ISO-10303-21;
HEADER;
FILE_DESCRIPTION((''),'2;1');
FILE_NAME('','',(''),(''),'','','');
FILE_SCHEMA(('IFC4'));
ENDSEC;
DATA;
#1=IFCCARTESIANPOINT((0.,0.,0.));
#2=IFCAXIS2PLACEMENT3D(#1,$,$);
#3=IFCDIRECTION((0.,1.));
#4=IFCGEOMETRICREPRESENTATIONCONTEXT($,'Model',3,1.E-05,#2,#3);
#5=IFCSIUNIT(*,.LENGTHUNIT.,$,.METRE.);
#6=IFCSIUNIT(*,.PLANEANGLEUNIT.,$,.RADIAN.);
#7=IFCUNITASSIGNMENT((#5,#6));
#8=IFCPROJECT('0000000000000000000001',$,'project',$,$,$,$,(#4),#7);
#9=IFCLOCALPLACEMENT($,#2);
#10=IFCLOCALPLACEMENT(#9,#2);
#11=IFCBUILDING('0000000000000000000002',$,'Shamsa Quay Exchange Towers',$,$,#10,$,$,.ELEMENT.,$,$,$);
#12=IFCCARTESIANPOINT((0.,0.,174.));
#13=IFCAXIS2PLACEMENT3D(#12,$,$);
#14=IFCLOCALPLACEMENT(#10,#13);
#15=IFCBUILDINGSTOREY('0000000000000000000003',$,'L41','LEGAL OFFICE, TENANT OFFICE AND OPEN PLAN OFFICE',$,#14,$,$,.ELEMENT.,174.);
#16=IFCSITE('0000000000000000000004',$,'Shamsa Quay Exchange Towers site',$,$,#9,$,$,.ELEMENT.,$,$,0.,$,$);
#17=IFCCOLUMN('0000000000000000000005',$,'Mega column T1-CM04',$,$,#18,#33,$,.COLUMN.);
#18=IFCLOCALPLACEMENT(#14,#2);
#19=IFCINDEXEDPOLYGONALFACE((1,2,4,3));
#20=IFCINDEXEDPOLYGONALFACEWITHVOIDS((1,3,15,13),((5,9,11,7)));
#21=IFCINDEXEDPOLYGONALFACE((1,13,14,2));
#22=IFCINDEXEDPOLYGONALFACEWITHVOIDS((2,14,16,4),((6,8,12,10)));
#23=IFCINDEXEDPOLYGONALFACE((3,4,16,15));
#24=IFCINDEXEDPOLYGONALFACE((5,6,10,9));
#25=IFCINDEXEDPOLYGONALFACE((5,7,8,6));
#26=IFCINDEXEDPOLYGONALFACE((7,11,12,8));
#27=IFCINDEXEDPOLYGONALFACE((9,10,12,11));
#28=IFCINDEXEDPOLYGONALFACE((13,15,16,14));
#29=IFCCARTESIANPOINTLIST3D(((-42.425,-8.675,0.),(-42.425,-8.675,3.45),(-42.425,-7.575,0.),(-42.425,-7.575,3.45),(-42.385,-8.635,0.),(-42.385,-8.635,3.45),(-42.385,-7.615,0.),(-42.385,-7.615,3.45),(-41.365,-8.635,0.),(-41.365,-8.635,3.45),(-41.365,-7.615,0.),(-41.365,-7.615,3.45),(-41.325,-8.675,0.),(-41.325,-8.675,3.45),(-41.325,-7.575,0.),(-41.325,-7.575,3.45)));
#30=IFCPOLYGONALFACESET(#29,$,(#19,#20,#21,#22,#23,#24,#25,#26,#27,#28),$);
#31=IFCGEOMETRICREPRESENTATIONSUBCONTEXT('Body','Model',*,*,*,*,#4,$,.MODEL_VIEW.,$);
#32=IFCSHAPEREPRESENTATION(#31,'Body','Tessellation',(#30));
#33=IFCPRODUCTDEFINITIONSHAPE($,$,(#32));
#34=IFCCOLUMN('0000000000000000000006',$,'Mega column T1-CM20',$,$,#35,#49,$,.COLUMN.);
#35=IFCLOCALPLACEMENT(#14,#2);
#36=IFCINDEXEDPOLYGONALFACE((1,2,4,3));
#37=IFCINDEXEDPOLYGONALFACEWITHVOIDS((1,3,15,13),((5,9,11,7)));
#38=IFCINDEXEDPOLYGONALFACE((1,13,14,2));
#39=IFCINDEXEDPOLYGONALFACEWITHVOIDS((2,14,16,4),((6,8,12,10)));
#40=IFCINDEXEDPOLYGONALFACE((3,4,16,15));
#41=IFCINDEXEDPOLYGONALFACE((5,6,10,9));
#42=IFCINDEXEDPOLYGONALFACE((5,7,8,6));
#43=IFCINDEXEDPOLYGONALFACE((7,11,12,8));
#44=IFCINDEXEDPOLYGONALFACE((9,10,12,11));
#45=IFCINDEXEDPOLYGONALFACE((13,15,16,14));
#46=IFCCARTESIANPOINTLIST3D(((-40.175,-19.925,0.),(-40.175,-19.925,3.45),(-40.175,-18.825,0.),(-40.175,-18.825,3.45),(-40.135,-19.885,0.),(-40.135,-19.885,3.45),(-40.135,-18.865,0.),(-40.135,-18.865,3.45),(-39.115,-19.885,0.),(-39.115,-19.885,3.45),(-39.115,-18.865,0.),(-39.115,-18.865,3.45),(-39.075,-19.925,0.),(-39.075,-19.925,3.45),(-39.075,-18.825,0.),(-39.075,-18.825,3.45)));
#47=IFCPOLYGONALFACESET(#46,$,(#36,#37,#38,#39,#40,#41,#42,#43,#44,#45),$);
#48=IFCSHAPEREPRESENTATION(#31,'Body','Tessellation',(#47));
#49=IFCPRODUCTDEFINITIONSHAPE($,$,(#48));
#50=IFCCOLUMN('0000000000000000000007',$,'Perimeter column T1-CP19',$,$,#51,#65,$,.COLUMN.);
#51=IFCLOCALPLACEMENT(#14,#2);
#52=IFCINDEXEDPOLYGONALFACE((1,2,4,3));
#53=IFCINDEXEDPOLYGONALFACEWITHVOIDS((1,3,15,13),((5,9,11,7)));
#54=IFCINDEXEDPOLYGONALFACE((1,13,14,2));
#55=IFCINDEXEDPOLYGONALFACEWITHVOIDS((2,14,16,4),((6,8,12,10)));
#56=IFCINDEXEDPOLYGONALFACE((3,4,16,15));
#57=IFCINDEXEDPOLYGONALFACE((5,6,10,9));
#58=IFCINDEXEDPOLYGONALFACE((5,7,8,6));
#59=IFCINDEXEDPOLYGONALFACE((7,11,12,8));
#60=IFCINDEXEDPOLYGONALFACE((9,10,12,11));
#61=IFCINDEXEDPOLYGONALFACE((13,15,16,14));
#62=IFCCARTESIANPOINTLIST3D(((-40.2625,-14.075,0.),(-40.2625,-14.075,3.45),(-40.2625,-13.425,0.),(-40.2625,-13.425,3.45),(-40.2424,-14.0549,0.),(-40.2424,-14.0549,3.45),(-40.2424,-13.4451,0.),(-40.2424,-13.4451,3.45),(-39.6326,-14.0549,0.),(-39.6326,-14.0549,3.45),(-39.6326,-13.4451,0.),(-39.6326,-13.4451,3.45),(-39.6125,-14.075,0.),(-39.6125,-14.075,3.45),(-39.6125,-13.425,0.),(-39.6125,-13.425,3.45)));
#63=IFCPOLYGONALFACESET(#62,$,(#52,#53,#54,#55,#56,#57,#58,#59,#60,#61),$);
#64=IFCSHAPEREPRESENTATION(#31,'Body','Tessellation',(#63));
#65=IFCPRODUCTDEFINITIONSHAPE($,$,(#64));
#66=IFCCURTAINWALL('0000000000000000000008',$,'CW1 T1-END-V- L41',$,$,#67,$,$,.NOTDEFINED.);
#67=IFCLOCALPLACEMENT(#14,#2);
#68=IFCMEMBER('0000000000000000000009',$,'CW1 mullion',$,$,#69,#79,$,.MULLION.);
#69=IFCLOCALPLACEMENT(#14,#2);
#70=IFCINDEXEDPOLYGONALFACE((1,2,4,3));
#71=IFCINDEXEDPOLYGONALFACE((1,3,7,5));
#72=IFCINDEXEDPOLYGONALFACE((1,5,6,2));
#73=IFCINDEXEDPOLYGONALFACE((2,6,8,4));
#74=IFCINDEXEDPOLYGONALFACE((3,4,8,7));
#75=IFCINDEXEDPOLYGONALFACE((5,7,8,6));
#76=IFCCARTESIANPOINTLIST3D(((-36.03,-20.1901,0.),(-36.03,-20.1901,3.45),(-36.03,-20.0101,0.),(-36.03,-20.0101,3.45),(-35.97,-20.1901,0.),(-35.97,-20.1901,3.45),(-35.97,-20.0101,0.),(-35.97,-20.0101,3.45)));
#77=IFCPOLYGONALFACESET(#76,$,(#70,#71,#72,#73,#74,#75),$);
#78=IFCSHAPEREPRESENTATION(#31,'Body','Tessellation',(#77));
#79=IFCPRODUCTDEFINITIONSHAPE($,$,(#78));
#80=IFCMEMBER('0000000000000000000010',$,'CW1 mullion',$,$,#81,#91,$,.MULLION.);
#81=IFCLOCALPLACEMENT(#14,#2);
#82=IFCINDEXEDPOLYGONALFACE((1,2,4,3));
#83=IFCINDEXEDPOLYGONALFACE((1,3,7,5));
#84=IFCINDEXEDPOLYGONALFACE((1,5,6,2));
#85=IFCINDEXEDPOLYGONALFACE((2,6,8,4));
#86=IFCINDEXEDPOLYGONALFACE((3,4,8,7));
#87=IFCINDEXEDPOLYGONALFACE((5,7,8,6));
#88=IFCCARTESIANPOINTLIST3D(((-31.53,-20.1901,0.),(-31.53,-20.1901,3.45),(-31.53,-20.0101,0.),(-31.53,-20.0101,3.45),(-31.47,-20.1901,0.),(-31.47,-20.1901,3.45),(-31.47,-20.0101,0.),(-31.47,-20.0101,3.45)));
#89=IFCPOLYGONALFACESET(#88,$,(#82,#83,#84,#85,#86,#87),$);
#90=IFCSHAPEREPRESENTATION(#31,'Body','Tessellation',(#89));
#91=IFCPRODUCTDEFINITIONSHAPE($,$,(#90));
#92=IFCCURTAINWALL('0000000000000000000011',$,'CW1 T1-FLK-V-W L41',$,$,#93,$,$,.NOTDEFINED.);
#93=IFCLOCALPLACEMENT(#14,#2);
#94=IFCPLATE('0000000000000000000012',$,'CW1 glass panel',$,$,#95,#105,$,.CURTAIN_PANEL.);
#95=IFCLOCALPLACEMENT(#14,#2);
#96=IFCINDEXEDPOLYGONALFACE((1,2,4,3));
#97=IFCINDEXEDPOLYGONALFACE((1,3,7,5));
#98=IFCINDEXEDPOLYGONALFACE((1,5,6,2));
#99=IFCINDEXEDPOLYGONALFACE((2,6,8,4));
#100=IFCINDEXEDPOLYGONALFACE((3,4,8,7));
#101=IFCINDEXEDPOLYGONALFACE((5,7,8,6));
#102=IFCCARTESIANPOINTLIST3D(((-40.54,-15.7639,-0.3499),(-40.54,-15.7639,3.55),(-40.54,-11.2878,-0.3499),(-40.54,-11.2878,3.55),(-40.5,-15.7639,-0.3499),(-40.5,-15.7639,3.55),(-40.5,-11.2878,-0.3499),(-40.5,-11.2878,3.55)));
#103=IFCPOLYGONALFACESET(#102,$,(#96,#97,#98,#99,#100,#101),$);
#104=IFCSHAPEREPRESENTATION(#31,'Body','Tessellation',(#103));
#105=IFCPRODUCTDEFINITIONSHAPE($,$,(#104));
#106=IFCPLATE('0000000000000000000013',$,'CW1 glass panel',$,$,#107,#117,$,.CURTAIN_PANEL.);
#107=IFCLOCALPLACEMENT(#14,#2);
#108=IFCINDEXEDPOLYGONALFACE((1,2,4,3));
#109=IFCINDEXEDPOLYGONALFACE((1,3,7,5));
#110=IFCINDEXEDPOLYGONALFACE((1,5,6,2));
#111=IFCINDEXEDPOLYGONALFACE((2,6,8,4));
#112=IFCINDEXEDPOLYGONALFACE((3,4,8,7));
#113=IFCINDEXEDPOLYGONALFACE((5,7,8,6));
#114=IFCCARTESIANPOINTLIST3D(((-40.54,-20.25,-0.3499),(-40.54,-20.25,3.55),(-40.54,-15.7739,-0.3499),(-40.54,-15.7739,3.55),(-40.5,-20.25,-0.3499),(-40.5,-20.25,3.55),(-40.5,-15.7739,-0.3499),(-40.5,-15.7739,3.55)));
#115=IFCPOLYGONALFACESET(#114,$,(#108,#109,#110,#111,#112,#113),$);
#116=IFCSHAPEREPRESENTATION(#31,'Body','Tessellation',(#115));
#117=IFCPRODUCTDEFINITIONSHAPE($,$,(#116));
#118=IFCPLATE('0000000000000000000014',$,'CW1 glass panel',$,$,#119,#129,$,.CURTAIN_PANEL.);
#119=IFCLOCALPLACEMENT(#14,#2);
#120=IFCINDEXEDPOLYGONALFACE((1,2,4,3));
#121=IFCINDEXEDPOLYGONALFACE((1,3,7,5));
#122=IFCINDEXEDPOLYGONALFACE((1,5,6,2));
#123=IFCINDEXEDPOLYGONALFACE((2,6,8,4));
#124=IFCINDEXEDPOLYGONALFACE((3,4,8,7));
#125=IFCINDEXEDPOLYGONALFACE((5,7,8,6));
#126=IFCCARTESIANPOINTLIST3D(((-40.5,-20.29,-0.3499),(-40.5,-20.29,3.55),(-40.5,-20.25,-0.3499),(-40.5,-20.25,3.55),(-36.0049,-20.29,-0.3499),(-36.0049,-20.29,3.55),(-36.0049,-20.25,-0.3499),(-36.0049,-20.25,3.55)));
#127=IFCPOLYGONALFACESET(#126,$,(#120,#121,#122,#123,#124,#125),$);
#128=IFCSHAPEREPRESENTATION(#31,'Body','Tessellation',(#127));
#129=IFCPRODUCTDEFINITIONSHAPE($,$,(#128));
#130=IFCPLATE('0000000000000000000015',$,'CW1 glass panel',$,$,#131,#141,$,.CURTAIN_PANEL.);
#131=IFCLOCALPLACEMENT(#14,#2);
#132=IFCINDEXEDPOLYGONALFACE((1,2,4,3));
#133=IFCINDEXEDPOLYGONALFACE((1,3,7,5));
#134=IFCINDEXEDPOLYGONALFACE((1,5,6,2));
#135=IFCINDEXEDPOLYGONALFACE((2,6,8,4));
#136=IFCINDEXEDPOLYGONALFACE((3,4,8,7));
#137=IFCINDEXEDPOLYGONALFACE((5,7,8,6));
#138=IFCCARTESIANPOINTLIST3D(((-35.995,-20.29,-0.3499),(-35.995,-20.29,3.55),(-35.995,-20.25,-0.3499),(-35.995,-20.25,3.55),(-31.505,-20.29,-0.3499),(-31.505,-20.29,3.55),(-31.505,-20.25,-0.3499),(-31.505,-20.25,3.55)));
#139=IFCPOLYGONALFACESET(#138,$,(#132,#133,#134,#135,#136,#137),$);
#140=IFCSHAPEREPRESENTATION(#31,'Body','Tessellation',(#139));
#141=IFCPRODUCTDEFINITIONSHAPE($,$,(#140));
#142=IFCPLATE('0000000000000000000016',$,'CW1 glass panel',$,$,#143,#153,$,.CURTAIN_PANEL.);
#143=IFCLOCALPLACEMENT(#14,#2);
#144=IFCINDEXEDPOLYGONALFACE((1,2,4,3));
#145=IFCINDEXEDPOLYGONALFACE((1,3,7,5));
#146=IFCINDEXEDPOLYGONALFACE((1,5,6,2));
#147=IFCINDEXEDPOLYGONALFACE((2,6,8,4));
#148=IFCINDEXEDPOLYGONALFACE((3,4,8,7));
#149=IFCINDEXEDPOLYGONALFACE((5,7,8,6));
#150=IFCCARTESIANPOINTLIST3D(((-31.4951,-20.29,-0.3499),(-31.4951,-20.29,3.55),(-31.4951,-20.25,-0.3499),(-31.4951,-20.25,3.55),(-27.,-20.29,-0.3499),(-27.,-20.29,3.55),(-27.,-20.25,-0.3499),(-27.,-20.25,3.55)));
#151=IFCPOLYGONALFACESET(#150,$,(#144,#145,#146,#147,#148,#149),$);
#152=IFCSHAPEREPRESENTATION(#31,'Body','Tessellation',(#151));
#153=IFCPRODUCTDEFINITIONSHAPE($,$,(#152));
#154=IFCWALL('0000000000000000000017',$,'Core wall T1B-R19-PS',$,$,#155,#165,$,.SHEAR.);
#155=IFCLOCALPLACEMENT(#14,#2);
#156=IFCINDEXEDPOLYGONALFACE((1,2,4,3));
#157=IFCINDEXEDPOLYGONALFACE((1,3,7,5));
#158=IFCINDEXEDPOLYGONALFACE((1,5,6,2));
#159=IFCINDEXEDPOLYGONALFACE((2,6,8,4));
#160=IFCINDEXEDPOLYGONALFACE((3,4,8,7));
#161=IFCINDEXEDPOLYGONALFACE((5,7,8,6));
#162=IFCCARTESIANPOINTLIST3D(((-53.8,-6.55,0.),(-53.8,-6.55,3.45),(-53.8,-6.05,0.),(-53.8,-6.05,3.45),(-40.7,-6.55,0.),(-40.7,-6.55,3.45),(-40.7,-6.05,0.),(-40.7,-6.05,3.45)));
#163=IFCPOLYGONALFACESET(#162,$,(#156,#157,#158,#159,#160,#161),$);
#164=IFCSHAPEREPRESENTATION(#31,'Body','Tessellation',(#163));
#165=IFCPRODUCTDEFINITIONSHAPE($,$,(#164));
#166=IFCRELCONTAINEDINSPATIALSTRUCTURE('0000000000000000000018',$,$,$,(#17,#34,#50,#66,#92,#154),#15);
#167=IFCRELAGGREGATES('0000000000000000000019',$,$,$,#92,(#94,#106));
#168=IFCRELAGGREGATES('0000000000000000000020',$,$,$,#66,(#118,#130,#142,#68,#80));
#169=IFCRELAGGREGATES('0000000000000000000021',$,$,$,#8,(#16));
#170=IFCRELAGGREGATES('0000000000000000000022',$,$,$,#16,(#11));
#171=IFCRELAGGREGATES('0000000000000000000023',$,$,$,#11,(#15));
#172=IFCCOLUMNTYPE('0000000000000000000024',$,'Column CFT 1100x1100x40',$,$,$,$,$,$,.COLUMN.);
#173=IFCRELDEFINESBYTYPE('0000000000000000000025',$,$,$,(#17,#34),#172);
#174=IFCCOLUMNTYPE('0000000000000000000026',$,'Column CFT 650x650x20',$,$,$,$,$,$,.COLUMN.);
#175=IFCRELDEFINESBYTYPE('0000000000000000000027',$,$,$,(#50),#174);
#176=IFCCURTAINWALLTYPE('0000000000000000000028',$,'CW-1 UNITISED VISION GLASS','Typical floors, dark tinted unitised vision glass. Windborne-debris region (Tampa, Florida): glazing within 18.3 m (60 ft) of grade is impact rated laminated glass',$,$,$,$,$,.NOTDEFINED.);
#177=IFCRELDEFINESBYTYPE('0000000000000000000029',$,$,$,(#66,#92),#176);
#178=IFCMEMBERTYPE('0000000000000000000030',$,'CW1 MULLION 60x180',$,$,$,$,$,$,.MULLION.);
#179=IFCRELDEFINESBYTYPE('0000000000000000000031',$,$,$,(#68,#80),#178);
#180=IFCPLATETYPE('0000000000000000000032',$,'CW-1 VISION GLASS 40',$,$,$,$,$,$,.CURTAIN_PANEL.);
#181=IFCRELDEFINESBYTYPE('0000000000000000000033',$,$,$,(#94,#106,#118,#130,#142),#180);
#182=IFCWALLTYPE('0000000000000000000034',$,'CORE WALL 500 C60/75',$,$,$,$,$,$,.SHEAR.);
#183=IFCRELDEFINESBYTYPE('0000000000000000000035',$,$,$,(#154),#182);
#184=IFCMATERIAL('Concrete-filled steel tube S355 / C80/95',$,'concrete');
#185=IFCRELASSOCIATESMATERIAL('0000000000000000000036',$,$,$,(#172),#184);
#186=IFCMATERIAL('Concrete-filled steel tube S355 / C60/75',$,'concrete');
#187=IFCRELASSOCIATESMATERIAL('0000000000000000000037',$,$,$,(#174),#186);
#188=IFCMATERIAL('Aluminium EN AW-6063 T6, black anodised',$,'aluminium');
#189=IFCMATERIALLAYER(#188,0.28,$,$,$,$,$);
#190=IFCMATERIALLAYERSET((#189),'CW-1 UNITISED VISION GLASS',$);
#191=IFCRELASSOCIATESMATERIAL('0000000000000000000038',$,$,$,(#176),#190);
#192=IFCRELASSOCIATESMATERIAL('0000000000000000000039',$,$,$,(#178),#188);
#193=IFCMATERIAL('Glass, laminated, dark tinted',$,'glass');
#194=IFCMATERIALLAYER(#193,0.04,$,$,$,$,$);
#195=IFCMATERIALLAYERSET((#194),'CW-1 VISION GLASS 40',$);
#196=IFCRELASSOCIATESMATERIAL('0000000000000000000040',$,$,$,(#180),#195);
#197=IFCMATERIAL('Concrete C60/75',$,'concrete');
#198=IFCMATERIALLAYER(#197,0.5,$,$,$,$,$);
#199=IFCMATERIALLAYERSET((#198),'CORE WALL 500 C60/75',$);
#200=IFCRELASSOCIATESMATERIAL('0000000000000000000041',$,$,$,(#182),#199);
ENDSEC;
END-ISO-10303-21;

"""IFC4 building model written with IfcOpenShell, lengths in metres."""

from ifc_helpers import new_model, si_unit, direction, frame, frame_2d, origin, origin_2d, place, context, subcontext, project, spatial, rectangle, hollow_rectangle, extrude, material, layer, layer_set, material_profile, profile_set, type_object, element, aggregate, save


model = new_model("IFC4")

# Units and contexts
model_context = context("Model", 3, precision=1e-05, world=origin(), true_north=direction((0.0, 1.0)))
body_context = subcontext(model_context, "Body", "Model", "MODEL_VIEW")
ifc_project = project(units=[si_unit("LENGTHUNIT", "METRE"), si_unit("PLANEANGLEUNIT", "RADIAN")], contexts=[model_context])

# Site, building, storey
site_placement = place(None, origin())
site = spatial("IfcSite", under=ifc_project, at=site_placement, Name="Shamsa Quay Exchange Towers site", CompositionType="ELEMENT", RefElevation=0.0)
building_placement = place(site_placement, origin())
building = spatial("IfcBuilding", under=site, at=building_placement, Name="Shamsa Quay Exchange Towers", CompositionType="ELEMENT")
storey_placement = place(building_placement, frame((0.0, 0.0, 174.0)))
storey = spatial("IfcBuildingStorey", under=building, at=storey_placement, Name="L41", Description="LEGAL OFFICE, TENANT OFFICE AND OPEN PLAN OFFICE", CompositionType="ELEMENT", Elevation=174.0)

# Columns
ifc_material_1 = material(Name="Concrete-filled steel tube S355 / C80/95", Category="concrete")
ifc_material_profile_1 = material_profile(ifc_material_1, hollow_rectangle(XDim=1.1001, YDim=1.1001, WallThickness=0.04, at=origin_2d()), Name="CFT 1100x1100x40")
ifc_profile_set_1 = profile_set([ifc_material_profile_1], Name="Concrete-filled steel tube S355 / C80/95")
column_type_1 = type_object("IfcColumnType", Name="Column CFT 1100x1100x40", PredefinedType="COLUMN", material=ifc_profile_set_1)
for number, where, name in (
    (1, (-41.875, -8.125, 0.0), "Mega column T1-CM04"),
    (2, (-39.625, -19.375, 0.0), "Mega column T1-CM20"),
):
    element("IfcColumn", number, at=place(storey_placement, frame(where)), inside=storey, type_object=column_type_1, Name=name, PredefinedType="COLUMN", context=body_context, shape_type="SweptSolid", body=[
        extrude(hollow_rectangle(XDim=1.1001, YDim=1.1001, WallThickness=0.04, at=origin_2d()), origin(), (0.0, 0.0, 1.0), 3.45),
    ])
ifc_material_2 = material(Name="Concrete-filled steel tube S355 / C60/75", Category="concrete")
ifc_material_profile_2 = material_profile(ifc_material_2, hollow_rectangle(XDim=0.6499, YDim=0.6499, WallThickness=0.02, at=origin_2d()), Name="CFT 650x650x20")
ifc_profile_set_2 = profile_set([ifc_material_profile_2], Name="Concrete-filled steel tube S355 / C60/75")
column_type_2 = type_object("IfcColumnType", Name="Column CFT 650x650x20", PredefinedType="COLUMN", material=ifc_profile_set_2)
column_placement = place(storey_placement, frame((-39.9375, -13.75, 0.0)))
element("IfcColumn", 3, at=column_placement, inside=storey, type_object=column_type_2, Name="Perimeter column T1-CP19", PredefinedType="COLUMN", context=body_context, shape_type="SweptSolid", body=[
    extrude(hollow_rectangle(XDim=0.6499, YDim=0.6499, WallThickness=0.02, at=origin_2d()), origin(), (0.0, 0.0, 1.0), 3.45),
])

# Curtain wall, members
ifc_material_3 = material(Name="Aluminium EN AW-6063 T6, black anodised", Category="aluminium")
ifc_layer_1 = layer(ifc_material_3, 0.28)
ifc_layer_set_1 = layer_set([ifc_layer_1], Name="CW-1 UNITISED VISION GLASS")
curtain_wall_type = type_object("IfcCurtainWallType", Name="CW-1 UNITISED VISION GLASS", Description="Typical floors, dark tinted unitised vision glass. Windborne-debris region (Tampa, Florida): glazing within 18.3 m (60 ft) of grade is impact rated laminated glass", PredefinedType="NOTDEFINED", material=ifc_layer_set_1)
curtain_wall_1_placement = place(storey_placement, origin())
curtain_wall_1 = element("IfcCurtainWall", 4, at=curtain_wall_1_placement, inside=storey, type_object=curtain_wall_type, Name="CW1 T1-END-V- L41", PredefinedType="NOTDEFINED")
ifc_material_profile_3 = material_profile(ifc_material_3, rectangle(XDim=0.1799, YDim=0.0601, at=origin_2d()), Name="MU60x180")
ifc_profile_set_3 = profile_set([ifc_material_profile_3], Name="Aluminium EN AW-6063 T6, black anodised")
member_type = type_object("IfcMemberType", Name="CW1 MULLION 60x180", PredefinedType="MULLION", material=ifc_profile_set_3)
member_1_placement = place(storey_placement, frame((-36.0, -20.1001, 0.0), z_axis=(0.0, 0.0, 1.0), x_axis=(0.0, 1.0, 0.0)))
member_1 = element("IfcMember", 5, at=member_1_placement, type_object=member_type, Name="CW1 mullion", PredefinedType="MULLION", context=body_context, shape_type="SweptSolid", body=[
    extrude(rectangle(XDim=0.1799, YDim=0.0601, at=origin_2d()), origin(), (0.0, 0.0, 1.0), 3.45),
])
member_2_placement = place(storey_placement, frame((-31.5, -20.1001, 0.0), z_axis=(0.0, 0.0, 1.0), x_axis=(0.0, 1.0, 0.0)))
member_2 = element("IfcMember", 6, at=member_2_placement, type_object=member_type, Name="CW1 mullion", PredefinedType="MULLION", context=body_context, shape_type="SweptSolid", body=[
    extrude(rectangle(XDim=0.1799, YDim=0.0601, at=origin_2d()), origin(), (0.0, 0.0, 1.0), 3.45),
])

# Curtain wall, plates
curtain_wall_2_placement = place(storey_placement, origin())
curtain_wall_2 = element("IfcCurtainWall", 7, at=curtain_wall_2_placement, inside=storey, type_object=curtain_wall_type, Name="CW1 T1-FLK-V-W L41", PredefinedType="NOTDEFINED")
ifc_material_4 = material(Name="Glass, laminated, dark tinted", Category="glass")
ifc_layer_2 = layer(ifc_material_4, 0.04)
ifc_layer_set_2 = layer_set([ifc_layer_2], Name="CW-1 VISION GLASS 40")
plate_type = type_object("IfcPlateType", Name="CW-1 VISION GLASS 40", PredefinedType="CURTAIN_PANEL", material=ifc_layer_set_2)
plate_1_placement = place(storey_placement, frame((-40.52, -13.5259, -0.3499), z_axis=(0.0, 0.0, 1.0), x_axis=(0.0, -1.0, 0.0)))
plate_1 = element("IfcPlate", 8, at=plate_1_placement, type_object=plate_type, Name="CW1 glass panel", PredefinedType="CURTAIN_PANEL", context=body_context, shape_type="SweptSolid", body=[
    extrude(rectangle(XDim=4.4761, YDim=0.04, at=origin_2d()), origin(), (0.0, 0.0, 1.0), 3.8999),
])
plate_2_placement = place(storey_placement, frame((-40.52, -18.012, -0.3499), z_axis=(0.0, 0.0, 1.0), x_axis=(0.0, -1.0, 0.0)))
plate_2 = element("IfcPlate", 9, at=plate_2_placement, type_object=plate_type, Name="CW1 glass panel", PredefinedType="CURTAIN_PANEL", context=body_context, shape_type="SweptSolid", body=[
    extrude(rectangle(XDim=4.4761, YDim=0.04, at=origin_2d()), origin(), (0.0, 0.0, 1.0), 3.8999),
])
aggregate(curtain_wall_2, [plate_1, plate_2])

# Plates
plate_3_placement = place(storey_placement, frame((-38.2524, -20.27, -0.3499)))
plate_3 = element("IfcPlate", 10, at=plate_3_placement, type_object=plate_type, Name="CW1 glass panel", PredefinedType="CURTAIN_PANEL", context=body_context, shape_type="SweptSolid", body=[
    extrude(rectangle(XDim=4.4951, YDim=0.04, at=origin_2d()), origin(), (0.0, 0.0, 1.0), 3.8999),
])
plate_4_placement = place(storey_placement, frame((-33.75, -20.27, -0.3499)))
plate_4 = element("IfcPlate", 11, at=plate_4_placement, type_object=plate_type, Name="CW1 glass panel", PredefinedType="CURTAIN_PANEL", context=body_context, shape_type="SweptSolid", body=[
    extrude(rectangle(XDim=4.49, YDim=0.04, at=origin_2d()), origin(), (0.0, 0.0, 1.0), 3.8999),
])
plate_5_placement = place(storey_placement, frame((-29.2476, -20.27, -0.3499)))
plate_5 = element("IfcPlate", 12, at=plate_5_placement, type_object=plate_type, Name="CW1 glass panel", PredefinedType="CURTAIN_PANEL", context=body_context, shape_type="SweptSolid", body=[
    extrude(rectangle(XDim=4.4951, YDim=0.04, at=origin_2d()), origin(), (0.0, 0.0, 1.0), 3.8999),
])
aggregate(curtain_wall_1, [plate_3, plate_4, plate_5, member_1, member_2])

# Wall
ifc_material_5 = material(Name="Concrete C60/75", Category="concrete")
ifc_layer_3 = layer(ifc_material_5, 0.5)
ifc_layer_set_3 = layer_set([ifc_layer_3], Name="CORE WALL 500 C60/75")
wall_type_1 = type_object("IfcWallType", Name="CORE WALL 500 C60/75", PredefinedType="SHEAR", material=ifc_layer_set_3)
wall_1_placement = place(storey_placement, frame((-40.7, -6.3, 0.0), z_axis=(0.0, 0.0, 1.0), x_axis=(-1.0, 0.0, 0.0)))
element("IfcWall", 13, at=wall_1_placement, inside=storey, type_object=wall_type_1, Name="Core wall T1B-R19-PS", PredefinedType="SHEAR", context=body_context, shape_type="SweptSolid", body=[
    extrude(rectangle(XDim=13.1001, YDim=0.5, at=frame_2d((6.55, 0.0))), origin(), (0.0, 0.0, 1.0), 3.45),
])

save(model, "model.ifc")
